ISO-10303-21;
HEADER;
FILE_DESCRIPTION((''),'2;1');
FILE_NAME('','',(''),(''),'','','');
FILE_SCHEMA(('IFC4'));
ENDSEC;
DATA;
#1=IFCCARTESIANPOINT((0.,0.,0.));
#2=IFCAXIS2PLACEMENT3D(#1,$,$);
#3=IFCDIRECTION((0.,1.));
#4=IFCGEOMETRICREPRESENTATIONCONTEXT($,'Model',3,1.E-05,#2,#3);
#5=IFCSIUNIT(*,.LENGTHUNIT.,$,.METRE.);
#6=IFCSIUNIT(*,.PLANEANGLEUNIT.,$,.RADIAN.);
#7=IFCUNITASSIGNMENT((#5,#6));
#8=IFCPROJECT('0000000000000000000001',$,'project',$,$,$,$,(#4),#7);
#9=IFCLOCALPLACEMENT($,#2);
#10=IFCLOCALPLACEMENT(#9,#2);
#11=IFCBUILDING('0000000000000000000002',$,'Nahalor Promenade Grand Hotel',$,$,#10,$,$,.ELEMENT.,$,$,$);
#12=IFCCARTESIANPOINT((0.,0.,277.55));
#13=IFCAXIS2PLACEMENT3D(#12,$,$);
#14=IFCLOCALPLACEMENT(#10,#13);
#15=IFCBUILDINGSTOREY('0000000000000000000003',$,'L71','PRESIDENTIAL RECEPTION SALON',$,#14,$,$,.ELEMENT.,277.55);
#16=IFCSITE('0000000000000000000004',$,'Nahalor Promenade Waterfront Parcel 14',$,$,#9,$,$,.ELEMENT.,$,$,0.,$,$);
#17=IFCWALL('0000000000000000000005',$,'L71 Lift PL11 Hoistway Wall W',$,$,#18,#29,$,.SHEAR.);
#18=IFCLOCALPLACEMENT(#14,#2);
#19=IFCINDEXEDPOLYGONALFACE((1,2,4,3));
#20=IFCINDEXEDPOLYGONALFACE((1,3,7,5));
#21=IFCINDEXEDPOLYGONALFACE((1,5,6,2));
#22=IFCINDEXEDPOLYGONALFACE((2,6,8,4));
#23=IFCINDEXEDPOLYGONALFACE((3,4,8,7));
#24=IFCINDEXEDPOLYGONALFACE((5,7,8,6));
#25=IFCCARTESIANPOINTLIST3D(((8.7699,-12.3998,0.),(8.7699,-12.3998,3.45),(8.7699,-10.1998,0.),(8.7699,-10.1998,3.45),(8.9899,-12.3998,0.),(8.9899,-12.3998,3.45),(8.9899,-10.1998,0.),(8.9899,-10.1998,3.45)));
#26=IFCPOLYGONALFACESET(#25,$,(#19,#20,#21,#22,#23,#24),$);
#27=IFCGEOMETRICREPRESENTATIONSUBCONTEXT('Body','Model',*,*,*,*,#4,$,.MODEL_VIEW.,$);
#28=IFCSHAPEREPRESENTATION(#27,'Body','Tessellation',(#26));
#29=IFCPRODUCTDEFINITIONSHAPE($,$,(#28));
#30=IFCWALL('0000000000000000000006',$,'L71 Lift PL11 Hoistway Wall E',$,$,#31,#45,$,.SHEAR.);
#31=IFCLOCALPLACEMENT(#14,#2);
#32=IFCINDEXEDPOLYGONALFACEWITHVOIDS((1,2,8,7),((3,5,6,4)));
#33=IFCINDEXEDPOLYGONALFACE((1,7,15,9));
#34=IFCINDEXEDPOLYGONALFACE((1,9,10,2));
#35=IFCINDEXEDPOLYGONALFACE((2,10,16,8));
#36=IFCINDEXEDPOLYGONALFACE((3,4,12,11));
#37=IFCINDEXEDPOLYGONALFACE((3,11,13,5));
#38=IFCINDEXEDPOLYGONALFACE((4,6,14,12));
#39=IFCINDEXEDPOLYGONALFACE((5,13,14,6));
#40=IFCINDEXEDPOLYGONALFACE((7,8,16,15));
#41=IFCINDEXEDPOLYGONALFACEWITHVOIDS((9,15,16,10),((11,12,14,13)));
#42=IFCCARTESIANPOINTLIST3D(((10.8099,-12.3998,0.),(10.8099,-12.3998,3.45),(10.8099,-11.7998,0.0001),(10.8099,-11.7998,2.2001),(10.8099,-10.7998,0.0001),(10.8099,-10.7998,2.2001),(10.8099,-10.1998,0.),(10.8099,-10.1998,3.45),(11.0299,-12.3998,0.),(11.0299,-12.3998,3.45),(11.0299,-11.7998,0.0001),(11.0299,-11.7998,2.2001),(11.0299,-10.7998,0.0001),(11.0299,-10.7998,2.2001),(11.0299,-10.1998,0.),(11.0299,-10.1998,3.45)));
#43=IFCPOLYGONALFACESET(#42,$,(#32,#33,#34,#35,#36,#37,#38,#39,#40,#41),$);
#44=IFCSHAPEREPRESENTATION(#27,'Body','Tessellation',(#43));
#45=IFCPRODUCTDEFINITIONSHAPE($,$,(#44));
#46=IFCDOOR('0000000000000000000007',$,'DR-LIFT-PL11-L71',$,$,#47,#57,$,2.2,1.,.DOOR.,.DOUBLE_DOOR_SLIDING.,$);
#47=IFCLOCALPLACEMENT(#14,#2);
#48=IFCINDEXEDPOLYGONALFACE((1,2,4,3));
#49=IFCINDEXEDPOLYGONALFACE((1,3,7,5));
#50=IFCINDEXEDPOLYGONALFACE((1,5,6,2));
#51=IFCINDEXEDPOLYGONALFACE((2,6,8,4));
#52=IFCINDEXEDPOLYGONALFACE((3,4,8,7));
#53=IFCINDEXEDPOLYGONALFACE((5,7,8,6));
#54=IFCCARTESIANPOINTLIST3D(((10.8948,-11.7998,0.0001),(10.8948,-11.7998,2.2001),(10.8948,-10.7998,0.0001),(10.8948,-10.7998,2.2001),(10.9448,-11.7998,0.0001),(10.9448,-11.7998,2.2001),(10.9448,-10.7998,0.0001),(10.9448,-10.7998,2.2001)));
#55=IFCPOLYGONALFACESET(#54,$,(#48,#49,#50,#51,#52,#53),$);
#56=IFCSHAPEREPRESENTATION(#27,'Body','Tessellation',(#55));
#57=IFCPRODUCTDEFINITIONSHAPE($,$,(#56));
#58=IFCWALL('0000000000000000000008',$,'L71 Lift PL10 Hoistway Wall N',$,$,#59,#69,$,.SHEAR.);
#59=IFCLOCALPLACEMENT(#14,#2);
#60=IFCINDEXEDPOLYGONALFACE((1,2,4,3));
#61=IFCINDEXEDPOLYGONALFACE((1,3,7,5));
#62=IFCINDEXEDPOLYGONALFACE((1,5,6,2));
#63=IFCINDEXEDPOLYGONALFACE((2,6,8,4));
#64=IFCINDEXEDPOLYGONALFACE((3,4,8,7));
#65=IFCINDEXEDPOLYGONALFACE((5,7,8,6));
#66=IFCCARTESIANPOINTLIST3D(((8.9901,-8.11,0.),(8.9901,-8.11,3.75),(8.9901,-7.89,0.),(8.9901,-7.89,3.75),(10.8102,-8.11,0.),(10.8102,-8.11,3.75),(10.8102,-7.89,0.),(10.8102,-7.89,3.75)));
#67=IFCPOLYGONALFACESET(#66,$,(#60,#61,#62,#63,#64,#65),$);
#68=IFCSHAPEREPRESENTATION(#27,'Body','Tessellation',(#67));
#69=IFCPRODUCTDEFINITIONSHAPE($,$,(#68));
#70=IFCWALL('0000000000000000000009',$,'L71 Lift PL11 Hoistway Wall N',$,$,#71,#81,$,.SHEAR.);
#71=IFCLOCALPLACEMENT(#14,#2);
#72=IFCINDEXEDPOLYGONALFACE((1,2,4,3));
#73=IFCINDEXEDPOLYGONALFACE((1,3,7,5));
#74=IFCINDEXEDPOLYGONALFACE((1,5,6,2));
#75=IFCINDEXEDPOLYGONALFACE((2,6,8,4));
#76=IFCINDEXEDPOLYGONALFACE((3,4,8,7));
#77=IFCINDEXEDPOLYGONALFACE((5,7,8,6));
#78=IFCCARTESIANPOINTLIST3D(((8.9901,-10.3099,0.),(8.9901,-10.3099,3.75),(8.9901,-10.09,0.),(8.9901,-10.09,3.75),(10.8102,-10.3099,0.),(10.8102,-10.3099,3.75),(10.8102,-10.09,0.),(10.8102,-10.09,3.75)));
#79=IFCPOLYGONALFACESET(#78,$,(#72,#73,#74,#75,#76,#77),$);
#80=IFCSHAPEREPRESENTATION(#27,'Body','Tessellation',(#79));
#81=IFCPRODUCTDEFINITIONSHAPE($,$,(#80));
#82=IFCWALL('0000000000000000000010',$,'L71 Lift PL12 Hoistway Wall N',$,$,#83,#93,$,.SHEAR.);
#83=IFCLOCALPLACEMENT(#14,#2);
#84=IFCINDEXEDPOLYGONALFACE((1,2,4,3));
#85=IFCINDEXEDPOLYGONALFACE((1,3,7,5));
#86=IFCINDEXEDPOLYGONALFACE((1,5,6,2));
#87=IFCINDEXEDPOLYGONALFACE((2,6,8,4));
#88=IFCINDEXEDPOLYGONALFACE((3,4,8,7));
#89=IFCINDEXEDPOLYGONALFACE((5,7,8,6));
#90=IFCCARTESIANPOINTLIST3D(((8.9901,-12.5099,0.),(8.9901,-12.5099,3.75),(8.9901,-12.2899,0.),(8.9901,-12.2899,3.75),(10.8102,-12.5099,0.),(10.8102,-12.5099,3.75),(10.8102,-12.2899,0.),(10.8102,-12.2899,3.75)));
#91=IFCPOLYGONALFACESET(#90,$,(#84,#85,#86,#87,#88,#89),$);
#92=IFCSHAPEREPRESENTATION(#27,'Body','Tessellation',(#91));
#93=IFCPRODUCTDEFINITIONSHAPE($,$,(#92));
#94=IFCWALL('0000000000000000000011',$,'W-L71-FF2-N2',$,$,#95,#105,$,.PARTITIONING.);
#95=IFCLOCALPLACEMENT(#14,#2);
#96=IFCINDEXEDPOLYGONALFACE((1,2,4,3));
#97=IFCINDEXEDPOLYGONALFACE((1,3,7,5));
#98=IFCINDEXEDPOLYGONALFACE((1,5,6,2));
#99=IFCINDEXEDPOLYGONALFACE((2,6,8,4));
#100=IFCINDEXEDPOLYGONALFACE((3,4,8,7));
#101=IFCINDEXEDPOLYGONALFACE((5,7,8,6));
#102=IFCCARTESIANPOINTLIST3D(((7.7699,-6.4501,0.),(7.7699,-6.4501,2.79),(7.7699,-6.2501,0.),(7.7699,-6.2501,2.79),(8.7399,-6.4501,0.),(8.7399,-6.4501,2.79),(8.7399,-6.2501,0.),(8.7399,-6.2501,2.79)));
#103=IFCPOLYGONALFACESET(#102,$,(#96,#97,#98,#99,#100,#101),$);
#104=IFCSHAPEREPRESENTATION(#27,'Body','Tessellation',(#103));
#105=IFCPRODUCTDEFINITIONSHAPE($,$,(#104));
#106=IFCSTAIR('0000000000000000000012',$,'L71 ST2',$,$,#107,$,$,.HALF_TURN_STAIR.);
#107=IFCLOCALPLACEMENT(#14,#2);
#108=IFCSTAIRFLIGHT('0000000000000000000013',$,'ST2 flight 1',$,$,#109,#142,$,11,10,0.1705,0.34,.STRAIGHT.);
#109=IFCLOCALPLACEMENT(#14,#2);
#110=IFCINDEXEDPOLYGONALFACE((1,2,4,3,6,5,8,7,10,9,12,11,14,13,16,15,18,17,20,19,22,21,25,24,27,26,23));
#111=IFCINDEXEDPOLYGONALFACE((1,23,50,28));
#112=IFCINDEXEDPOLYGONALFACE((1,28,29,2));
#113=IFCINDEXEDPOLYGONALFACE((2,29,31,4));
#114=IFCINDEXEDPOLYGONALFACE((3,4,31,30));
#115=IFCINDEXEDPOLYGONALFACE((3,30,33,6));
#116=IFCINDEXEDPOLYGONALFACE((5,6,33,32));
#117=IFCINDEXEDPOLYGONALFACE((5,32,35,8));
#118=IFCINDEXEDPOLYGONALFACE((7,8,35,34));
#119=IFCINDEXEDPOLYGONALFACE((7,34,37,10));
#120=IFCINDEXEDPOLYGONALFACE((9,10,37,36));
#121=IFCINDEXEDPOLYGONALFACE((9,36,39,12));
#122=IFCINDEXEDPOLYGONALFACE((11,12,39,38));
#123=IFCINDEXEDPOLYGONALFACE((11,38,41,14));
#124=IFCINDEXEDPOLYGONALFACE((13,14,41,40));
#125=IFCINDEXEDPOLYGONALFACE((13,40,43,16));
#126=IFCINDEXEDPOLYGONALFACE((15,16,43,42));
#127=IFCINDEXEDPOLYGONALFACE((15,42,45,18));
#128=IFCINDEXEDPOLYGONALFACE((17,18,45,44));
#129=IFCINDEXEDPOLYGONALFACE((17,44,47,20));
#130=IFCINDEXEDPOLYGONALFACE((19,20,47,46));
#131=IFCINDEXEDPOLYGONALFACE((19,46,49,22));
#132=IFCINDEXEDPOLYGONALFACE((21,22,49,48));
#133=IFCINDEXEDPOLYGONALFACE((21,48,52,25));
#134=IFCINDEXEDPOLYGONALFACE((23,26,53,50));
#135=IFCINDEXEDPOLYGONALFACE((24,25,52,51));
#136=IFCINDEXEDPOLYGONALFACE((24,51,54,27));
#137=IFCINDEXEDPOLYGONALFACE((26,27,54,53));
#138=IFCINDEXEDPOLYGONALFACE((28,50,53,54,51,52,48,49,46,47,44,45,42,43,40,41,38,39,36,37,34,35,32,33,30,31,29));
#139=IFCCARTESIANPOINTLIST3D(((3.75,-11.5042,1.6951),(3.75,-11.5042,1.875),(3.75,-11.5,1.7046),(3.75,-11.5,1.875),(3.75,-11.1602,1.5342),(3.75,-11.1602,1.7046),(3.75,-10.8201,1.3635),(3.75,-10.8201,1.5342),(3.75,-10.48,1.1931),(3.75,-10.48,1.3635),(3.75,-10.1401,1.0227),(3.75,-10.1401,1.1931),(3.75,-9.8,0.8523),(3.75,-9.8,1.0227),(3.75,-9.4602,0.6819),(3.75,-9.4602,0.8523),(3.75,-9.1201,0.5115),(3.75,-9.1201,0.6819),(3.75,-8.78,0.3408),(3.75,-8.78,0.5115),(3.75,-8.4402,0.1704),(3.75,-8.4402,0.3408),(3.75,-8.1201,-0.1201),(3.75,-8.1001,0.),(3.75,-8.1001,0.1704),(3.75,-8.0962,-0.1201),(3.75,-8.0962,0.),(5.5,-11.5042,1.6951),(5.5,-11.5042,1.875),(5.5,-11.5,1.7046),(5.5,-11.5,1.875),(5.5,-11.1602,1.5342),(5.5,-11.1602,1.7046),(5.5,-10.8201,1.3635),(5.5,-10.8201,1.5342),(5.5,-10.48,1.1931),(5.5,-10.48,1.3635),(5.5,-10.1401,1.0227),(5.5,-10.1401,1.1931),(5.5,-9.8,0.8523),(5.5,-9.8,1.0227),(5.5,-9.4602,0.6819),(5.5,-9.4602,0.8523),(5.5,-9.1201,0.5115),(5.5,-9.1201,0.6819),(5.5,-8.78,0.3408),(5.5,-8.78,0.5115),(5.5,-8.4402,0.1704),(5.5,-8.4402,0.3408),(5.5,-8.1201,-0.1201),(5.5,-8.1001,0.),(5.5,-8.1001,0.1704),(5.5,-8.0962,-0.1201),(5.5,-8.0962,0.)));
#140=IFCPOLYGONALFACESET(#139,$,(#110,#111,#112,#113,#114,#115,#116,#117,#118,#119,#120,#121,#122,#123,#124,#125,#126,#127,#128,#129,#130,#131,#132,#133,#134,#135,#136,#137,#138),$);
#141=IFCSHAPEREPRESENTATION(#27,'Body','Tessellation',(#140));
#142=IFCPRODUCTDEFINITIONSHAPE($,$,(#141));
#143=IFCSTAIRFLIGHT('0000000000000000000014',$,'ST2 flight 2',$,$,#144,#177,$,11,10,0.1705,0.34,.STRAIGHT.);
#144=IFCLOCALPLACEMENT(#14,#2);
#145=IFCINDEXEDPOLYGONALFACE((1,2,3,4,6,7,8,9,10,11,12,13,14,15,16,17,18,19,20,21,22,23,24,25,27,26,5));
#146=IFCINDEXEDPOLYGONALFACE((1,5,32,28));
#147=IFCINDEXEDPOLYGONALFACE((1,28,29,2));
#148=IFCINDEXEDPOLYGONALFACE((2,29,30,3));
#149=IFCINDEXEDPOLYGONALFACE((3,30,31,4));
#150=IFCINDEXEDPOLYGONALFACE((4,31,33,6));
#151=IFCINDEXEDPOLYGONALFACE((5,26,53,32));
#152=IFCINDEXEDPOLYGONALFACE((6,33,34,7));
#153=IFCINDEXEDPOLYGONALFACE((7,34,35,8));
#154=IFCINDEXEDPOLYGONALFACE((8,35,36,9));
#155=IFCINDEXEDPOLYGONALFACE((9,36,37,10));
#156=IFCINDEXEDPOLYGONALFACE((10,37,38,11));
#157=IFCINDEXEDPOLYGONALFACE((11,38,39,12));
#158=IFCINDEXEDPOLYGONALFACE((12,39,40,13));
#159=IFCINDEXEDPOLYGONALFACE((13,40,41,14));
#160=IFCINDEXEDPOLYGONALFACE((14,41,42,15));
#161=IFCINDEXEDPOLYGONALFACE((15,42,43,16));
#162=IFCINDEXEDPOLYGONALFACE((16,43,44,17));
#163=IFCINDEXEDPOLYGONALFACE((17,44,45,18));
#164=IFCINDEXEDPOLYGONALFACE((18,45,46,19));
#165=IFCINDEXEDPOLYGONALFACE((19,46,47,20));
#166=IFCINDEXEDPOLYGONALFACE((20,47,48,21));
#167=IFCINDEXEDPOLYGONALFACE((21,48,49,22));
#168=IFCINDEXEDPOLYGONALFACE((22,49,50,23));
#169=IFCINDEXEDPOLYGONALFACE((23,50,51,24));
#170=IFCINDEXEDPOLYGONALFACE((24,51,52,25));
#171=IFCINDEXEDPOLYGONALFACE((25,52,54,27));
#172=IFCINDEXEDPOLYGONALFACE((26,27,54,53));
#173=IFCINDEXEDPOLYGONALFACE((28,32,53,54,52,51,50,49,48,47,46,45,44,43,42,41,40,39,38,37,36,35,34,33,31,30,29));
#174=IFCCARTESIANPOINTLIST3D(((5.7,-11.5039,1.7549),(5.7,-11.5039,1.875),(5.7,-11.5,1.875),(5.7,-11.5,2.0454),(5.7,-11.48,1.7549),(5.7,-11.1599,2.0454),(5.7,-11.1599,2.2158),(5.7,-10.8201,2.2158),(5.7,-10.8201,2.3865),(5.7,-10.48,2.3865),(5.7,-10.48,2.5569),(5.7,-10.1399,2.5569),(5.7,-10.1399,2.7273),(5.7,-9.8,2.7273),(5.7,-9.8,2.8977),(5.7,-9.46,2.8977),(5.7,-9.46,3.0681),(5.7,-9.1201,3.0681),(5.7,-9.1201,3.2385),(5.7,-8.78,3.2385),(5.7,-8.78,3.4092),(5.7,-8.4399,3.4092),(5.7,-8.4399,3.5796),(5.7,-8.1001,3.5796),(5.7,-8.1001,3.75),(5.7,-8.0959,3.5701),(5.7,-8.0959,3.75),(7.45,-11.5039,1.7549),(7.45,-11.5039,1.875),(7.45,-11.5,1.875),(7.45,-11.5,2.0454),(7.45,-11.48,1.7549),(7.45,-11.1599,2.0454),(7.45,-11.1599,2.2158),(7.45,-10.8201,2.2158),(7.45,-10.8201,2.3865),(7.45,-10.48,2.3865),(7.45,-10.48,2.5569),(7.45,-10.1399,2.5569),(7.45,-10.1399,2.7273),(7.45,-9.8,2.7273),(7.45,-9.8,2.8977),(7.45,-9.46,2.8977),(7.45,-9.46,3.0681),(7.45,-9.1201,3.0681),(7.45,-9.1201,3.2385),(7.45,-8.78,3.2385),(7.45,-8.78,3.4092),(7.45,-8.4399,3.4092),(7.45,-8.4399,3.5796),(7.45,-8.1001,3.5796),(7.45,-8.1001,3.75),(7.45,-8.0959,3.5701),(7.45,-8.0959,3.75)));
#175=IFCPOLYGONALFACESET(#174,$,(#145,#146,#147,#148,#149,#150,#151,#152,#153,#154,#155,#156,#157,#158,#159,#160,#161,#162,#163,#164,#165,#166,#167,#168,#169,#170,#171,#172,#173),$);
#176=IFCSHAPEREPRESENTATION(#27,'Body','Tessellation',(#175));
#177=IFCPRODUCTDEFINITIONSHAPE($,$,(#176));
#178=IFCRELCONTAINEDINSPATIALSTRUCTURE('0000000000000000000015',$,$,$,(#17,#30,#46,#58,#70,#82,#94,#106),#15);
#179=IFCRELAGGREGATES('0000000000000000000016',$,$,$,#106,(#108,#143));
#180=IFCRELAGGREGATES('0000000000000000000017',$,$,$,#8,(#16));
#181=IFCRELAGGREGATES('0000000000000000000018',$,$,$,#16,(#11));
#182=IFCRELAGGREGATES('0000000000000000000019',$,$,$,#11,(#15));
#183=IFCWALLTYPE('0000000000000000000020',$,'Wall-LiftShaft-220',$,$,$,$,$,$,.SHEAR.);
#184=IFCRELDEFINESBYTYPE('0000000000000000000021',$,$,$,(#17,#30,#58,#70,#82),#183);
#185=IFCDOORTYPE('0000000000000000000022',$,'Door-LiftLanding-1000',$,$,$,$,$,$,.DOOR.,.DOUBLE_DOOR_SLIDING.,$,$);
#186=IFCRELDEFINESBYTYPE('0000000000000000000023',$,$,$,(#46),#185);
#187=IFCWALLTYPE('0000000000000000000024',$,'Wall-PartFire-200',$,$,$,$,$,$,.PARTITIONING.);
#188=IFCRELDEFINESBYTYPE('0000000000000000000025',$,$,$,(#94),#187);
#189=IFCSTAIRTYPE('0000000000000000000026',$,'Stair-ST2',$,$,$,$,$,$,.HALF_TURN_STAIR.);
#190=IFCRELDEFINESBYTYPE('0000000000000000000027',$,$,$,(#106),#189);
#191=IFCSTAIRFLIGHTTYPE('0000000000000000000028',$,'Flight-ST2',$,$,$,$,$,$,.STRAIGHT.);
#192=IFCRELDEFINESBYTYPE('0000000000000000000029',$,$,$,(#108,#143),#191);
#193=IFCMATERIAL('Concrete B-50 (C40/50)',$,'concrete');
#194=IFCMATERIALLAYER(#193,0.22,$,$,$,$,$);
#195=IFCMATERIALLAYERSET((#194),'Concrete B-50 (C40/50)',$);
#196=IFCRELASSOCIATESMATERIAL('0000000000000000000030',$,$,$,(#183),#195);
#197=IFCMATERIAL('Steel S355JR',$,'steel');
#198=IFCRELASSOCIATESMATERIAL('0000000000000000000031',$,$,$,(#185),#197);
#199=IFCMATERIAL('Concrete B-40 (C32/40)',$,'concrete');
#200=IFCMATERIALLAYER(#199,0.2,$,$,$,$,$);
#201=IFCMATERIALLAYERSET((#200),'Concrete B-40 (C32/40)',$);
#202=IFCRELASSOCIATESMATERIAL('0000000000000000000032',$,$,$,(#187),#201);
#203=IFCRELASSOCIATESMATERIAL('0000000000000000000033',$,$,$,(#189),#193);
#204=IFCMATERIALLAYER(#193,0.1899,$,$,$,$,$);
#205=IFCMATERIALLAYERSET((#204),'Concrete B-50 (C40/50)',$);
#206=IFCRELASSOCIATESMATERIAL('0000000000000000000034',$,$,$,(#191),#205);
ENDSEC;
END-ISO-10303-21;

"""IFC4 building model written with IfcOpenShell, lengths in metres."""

from ifc_helpers import new_model, si_unit, direction, frame, frame_2d, origin, place, context, subcontext, project, spatial, polyline, rectangle, outline, extrude, source, transform, mapped, material, layer, layer_set, type_object, element, fill, aggregate, save


model = new_model("IFC4")

# Units and contexts
model_context = context("Model", 3, precision=1e-05, world=origin(), true_north=direction((0.0, 1.0)))
body_context = subcontext(model_context, "Body", "Model", "MODEL_VIEW")
ifc_project = project(units=[si_unit("LENGTHUNIT", "METRE"), si_unit("PLANEANGLEUNIT", "RADIAN")], contexts=[model_context])

# Site, building, storey
site_placement = place(None, origin())
site = spatial("IfcSite", under=ifc_project, at=site_placement, Name="Nahalor Promenade Waterfront Parcel 14", CompositionType="ELEMENT", RefElevation=0.0)
building_placement = place(site_placement, origin())
building = spatial("IfcBuilding", under=site, at=building_placement, Name="Nahalor Promenade Grand Hotel", CompositionType="ELEMENT")
storey_placement = place(building_placement, frame((0.0, 0.0, 277.55)))
storey = spatial("IfcBuildingStorey", under=building, at=storey_placement, Name="L71", Description="PRESIDENTIAL RECEPTION SALON", CompositionType="ELEMENT", Elevation=277.55)

# Shared definitions
ifc_material_1 = material(Name="Steel S355JR", Category="steel")

# Shared definitions
ifc_material_2 = material(Name="Concrete B-50 (C40/50)", Category="concrete")
ifc_layer_1 = layer(ifc_material_2, 0.22)
ifc_layer_set_1 = layer_set([ifc_layer_1], Name="Concrete B-50 (C40/50)")
wall_type_1 = type_object("IfcWallType", Name="Wall-LiftShaft-220", PredefinedType="SHEAR", material=ifc_layer_set_1)

# Shared definitions
door_type = type_object("IfcDoorType", Name="Door-LiftLanding-1000", OperationType="DOUBLE_DOOR_SLIDING", PredefinedType="DOOR", material=ifc_material_1)
shared_shape_1 = source(origin(), body_context, "Body", "SweptSolid", [
    extrude(rectangle(XDim=1.0, YDim=2.2, at=frame_2d((0.5, 1.1001))), frame((0.0, 0.0249, 0.0), z_axis=(0.0, -1.0, 0.0), x_axis=(1.0, 0.0, 0.0)), (0.0, 0.0, 1.0), 0.05),
])

# Shared definitions
shared_shape_2 = source(origin(), body_context, "Body", "SweptSolid", [
    extrude(rectangle(XDim=2.2, YDim=0.22, at=frame_2d((1.1001, 0.0))), origin(), (0.0, 0.0, 1.0), 3.45),
])

# Wall
wall_1_placement = place(storey_placement, frame((8.8799, -12.3999, 0.0), z_axis=(0.0, 0.0, 1.0), x_axis=(0.0, 1.0, 0.0)))
element("IfcWall", 1, at=wall_1_placement, inside=storey, type_object=wall_type_1, Name="L71 Lift PL11 Hoistway Wall W", PredefinedType="SHEAR", context=body_context, shape_type="MappedRepresentation", body=[
    mapped(shared_shape_2, transform((0.0, 0.0, 0.0), scale=1.0)),
])

# Wall, opening, door
wall_2_placement = place(storey_placement, frame((10.9199, -12.3999, 0.0), z_axis=(0.0, 0.0, 1.0), x_axis=(0.0, 1.0, 0.0)))
wall_2 = element("IfcWall", 2, at=wall_2_placement, inside=storey, type_object=wall_type_1, Name="L71 Lift PL11 Hoistway Wall E", PredefinedType="SHEAR", context=body_context, shape_type="MappedRepresentation", body=[
    mapped(shared_shape_2, transform((0.0, 0.0, 0.0), scale=1.0)),
])
opening_1_placement = place(wall_2_placement, frame((0.6001, 0.0, 0.0)))
opening_1 = element("IfcOpeningElement", 3, at=opening_1_placement, cuts=wall_2, PredefinedType="OPENING", context=body_context, shape_type="SweptSolid", body=[
    extrude(rectangle(XDim=1.0, YDim=2.2, at=frame_2d((0.5, 1.1001))), frame((0.0, 0.1199, 0.0), z_axis=(0.0, -1.0, 0.0), x_axis=(1.0, 0.0, 0.0)), (0.0, 0.0, 1.0), 0.24),
])
door_1_placement = place(opening_1_placement, frame((1.0, 0.0, 0.0), z_axis=(0.0, 0.0, 1.0), x_axis=(-1.0, 0.0, 0.0)))
door_1 = element("IfcDoor", 4, at=door_1_placement, inside=storey, type_object=door_type, Name="DR-LIFT-PL11-L71", OperationType="DOUBLE_DOOR_SLIDING", OverallHeight=2.2, OverallWidth=1.0, PredefinedType="DOOR", context=body_context, shape_type="MappedRepresentation", body=[
    mapped(shared_shape_1, transform((0.0, 0.0, 0.0), scale=1.0)),
])
fill(opening_1, door_1)

# Walls
shared_shape_3 = source(origin(), body_context, "Body", "SweptSolid", [
    extrude(rectangle(XDim=1.8201, YDim=0.22, at=frame_2d((0.9102, 0.0))), origin(), (0.0, 0.0, 1.0), 3.75),
])
for number, where, z_axis, x_axis, name in (
    (5, (8.99, -8.0, 0.0), (0.0, 0.0, 1.0), (1.0, 0.0, 0.0), "L71 Lift PL10 Hoistway Wall N"),
    (6, (8.99, -10.2, 0.0), (0.0, 0.0, 1.0), (1.0, 0.0, 0.0), "L71 Lift PL11 Hoistway Wall N"),
    (7, (8.99, -12.3999, 0.0), (0.0, 0.0, 1.0), (1.0, 0.0, 0.0), "L71 Lift PL12 Hoistway Wall N"),
):
    element("IfcWall", number, at=place(storey_placement, frame(where, z_axis=z_axis, x_axis=x_axis)), inside=storey, type_object=wall_type_1, Name=name, PredefinedType="SHEAR", context=body_context, shape_type="MappedRepresentation", body=[
        mapped(shared_shape_3, transform((0.0, 0.0, 0.0), scale=1.0)),
    ])
ifc_material_3 = material(Name="Concrete B-40 (C32/40)", Category="concrete")
ifc_layer_2 = layer(ifc_material_3, 0.2)
ifc_layer_set_2 = layer_set([ifc_layer_2], Name="Concrete B-40 (C32/40)")
wall_type_2 = type_object("IfcWallType", Name="Wall-PartFire-200", PredefinedType="PARTITIONING", material=ifc_layer_set_2)
shared_shape_4 = source(origin(), body_context, "Body", "SweptSolid", [
    extrude(rectangle(XDim=0.97, YDim=0.2, at=frame_2d((0.4849, 0.0))), origin(), (0.0, 0.0, 1.0), 2.79),
])
wall_3_placement = place(storey_placement, frame((7.77, -6.3501, 0.0), z_axis=(0.0, 0.0, 1.0), x_axis=(1.0, 0.0, 0.0)))
element("IfcWall", 8, at=wall_3_placement, inside=storey, type_object=wall_type_2, Name="W-L71-FF2-N2", PredefinedType="PARTITIONING", context=body_context, shape_type="MappedRepresentation", body=[
    mapped(shared_shape_4, transform((0.0, 0.0, 0.0), scale=1.0)),
])

# Stair, stair flights
stair_type = type_object("IfcStairType", Name="Stair-ST2", PredefinedType="HALF_TURN_STAIR", material=ifc_material_2)
stair_placement = place(storey_placement, origin())
stair = element("IfcStair", 9, at=stair_placement, inside=storey, type_object=stair_type, Name="L71 ST2", PredefinedType="HALF_TURN_STAIR")
ifc_layer_3 = layer(ifc_material_2, 0.1899)
ifc_layer_set_3 = layer_set([ifc_layer_3], Name="Concrete B-50 (C40/50)")
stair_flight_type = type_object("IfcStairFlightType", Name="Flight-ST2", PredefinedType="STRAIGHT", material=ifc_layer_set_3)
shared_shape_5 = source(origin(), body_context, "Body", "SweptSolid", [
    extrude(outline(polyline([(-0.0039, -0.1201), (-0.0039, 0.0), (0.0, 0.0), (0.0, 0.1704), (0.3401, 0.1704), (0.3401, 0.3408), (0.6799, 0.3408), (0.6799, 0.5115), (1.02, 0.5115), (1.02, 0.6819), (1.3601, 0.6819), (1.3601, 0.8523), (1.7, 0.8523), (1.7, 1.0227), (2.04, 1.0227), (2.04, 1.1931), (2.3799, 1.1931), (2.3799, 1.3635), (2.72, 1.3635), (2.72, 1.5342), (3.0601, 1.5342), (3.0601, 1.7046), (3.3999, 1.7046), (3.3999, 1.875), (3.4041, 1.875), (3.4041, 1.6951), (0.02, -0.1201), (-0.0039, -0.1201)])), frame((0.0, 0.875, 0.0), z_axis=(0.0, -1.0, 0.0), x_axis=(1.0, 0.0, 0.0)), (0.0, 0.0, 1.0), 1.75),
])
stair_flight_1_placement = place(storey_placement, frame((4.625, -8.1001, 0.0), z_axis=(0.0, 0.0, 1.0), x_axis=(0.0, -1.0, 0.0)))
stair_flight_1 = element("IfcStairFlight", 10, at=stair_flight_1_placement, type_object=stair_flight_type, Name="ST2 flight 1", NumberOfRisers=11, NumberOfTreads=10, PredefinedType="STRAIGHT", RiserHeight=0.1705, TreadLength=0.34, context=body_context, shape_type="MappedRepresentation", body=[
    mapped(shared_shape_5, transform((0.0, 0.0, 0.0), scale=1.0)),
])
stair_flight_2_placement = place(storey_placement, frame((6.575, -11.5, 1.875), z_axis=(0.0, 0.0, 1.0), x_axis=(0.0, 1.0, 0.0)))
stair_flight_2 = element("IfcStairFlight", 11, at=stair_flight_2_placement, type_object=stair_flight_type, Name="ST2 flight 2", NumberOfRisers=11, NumberOfTreads=10, PredefinedType="STRAIGHT", RiserHeight=0.1705, TreadLength=0.34, context=body_context, shape_type="MappedRepresentation", body=[
    mapped(shared_shape_5, transform((0.0, 0.0, 0.0), scale=1.0)),
])
aggregate(stair, [stair_flight_1, stair_flight_2])

save(model, "model.ifc")
